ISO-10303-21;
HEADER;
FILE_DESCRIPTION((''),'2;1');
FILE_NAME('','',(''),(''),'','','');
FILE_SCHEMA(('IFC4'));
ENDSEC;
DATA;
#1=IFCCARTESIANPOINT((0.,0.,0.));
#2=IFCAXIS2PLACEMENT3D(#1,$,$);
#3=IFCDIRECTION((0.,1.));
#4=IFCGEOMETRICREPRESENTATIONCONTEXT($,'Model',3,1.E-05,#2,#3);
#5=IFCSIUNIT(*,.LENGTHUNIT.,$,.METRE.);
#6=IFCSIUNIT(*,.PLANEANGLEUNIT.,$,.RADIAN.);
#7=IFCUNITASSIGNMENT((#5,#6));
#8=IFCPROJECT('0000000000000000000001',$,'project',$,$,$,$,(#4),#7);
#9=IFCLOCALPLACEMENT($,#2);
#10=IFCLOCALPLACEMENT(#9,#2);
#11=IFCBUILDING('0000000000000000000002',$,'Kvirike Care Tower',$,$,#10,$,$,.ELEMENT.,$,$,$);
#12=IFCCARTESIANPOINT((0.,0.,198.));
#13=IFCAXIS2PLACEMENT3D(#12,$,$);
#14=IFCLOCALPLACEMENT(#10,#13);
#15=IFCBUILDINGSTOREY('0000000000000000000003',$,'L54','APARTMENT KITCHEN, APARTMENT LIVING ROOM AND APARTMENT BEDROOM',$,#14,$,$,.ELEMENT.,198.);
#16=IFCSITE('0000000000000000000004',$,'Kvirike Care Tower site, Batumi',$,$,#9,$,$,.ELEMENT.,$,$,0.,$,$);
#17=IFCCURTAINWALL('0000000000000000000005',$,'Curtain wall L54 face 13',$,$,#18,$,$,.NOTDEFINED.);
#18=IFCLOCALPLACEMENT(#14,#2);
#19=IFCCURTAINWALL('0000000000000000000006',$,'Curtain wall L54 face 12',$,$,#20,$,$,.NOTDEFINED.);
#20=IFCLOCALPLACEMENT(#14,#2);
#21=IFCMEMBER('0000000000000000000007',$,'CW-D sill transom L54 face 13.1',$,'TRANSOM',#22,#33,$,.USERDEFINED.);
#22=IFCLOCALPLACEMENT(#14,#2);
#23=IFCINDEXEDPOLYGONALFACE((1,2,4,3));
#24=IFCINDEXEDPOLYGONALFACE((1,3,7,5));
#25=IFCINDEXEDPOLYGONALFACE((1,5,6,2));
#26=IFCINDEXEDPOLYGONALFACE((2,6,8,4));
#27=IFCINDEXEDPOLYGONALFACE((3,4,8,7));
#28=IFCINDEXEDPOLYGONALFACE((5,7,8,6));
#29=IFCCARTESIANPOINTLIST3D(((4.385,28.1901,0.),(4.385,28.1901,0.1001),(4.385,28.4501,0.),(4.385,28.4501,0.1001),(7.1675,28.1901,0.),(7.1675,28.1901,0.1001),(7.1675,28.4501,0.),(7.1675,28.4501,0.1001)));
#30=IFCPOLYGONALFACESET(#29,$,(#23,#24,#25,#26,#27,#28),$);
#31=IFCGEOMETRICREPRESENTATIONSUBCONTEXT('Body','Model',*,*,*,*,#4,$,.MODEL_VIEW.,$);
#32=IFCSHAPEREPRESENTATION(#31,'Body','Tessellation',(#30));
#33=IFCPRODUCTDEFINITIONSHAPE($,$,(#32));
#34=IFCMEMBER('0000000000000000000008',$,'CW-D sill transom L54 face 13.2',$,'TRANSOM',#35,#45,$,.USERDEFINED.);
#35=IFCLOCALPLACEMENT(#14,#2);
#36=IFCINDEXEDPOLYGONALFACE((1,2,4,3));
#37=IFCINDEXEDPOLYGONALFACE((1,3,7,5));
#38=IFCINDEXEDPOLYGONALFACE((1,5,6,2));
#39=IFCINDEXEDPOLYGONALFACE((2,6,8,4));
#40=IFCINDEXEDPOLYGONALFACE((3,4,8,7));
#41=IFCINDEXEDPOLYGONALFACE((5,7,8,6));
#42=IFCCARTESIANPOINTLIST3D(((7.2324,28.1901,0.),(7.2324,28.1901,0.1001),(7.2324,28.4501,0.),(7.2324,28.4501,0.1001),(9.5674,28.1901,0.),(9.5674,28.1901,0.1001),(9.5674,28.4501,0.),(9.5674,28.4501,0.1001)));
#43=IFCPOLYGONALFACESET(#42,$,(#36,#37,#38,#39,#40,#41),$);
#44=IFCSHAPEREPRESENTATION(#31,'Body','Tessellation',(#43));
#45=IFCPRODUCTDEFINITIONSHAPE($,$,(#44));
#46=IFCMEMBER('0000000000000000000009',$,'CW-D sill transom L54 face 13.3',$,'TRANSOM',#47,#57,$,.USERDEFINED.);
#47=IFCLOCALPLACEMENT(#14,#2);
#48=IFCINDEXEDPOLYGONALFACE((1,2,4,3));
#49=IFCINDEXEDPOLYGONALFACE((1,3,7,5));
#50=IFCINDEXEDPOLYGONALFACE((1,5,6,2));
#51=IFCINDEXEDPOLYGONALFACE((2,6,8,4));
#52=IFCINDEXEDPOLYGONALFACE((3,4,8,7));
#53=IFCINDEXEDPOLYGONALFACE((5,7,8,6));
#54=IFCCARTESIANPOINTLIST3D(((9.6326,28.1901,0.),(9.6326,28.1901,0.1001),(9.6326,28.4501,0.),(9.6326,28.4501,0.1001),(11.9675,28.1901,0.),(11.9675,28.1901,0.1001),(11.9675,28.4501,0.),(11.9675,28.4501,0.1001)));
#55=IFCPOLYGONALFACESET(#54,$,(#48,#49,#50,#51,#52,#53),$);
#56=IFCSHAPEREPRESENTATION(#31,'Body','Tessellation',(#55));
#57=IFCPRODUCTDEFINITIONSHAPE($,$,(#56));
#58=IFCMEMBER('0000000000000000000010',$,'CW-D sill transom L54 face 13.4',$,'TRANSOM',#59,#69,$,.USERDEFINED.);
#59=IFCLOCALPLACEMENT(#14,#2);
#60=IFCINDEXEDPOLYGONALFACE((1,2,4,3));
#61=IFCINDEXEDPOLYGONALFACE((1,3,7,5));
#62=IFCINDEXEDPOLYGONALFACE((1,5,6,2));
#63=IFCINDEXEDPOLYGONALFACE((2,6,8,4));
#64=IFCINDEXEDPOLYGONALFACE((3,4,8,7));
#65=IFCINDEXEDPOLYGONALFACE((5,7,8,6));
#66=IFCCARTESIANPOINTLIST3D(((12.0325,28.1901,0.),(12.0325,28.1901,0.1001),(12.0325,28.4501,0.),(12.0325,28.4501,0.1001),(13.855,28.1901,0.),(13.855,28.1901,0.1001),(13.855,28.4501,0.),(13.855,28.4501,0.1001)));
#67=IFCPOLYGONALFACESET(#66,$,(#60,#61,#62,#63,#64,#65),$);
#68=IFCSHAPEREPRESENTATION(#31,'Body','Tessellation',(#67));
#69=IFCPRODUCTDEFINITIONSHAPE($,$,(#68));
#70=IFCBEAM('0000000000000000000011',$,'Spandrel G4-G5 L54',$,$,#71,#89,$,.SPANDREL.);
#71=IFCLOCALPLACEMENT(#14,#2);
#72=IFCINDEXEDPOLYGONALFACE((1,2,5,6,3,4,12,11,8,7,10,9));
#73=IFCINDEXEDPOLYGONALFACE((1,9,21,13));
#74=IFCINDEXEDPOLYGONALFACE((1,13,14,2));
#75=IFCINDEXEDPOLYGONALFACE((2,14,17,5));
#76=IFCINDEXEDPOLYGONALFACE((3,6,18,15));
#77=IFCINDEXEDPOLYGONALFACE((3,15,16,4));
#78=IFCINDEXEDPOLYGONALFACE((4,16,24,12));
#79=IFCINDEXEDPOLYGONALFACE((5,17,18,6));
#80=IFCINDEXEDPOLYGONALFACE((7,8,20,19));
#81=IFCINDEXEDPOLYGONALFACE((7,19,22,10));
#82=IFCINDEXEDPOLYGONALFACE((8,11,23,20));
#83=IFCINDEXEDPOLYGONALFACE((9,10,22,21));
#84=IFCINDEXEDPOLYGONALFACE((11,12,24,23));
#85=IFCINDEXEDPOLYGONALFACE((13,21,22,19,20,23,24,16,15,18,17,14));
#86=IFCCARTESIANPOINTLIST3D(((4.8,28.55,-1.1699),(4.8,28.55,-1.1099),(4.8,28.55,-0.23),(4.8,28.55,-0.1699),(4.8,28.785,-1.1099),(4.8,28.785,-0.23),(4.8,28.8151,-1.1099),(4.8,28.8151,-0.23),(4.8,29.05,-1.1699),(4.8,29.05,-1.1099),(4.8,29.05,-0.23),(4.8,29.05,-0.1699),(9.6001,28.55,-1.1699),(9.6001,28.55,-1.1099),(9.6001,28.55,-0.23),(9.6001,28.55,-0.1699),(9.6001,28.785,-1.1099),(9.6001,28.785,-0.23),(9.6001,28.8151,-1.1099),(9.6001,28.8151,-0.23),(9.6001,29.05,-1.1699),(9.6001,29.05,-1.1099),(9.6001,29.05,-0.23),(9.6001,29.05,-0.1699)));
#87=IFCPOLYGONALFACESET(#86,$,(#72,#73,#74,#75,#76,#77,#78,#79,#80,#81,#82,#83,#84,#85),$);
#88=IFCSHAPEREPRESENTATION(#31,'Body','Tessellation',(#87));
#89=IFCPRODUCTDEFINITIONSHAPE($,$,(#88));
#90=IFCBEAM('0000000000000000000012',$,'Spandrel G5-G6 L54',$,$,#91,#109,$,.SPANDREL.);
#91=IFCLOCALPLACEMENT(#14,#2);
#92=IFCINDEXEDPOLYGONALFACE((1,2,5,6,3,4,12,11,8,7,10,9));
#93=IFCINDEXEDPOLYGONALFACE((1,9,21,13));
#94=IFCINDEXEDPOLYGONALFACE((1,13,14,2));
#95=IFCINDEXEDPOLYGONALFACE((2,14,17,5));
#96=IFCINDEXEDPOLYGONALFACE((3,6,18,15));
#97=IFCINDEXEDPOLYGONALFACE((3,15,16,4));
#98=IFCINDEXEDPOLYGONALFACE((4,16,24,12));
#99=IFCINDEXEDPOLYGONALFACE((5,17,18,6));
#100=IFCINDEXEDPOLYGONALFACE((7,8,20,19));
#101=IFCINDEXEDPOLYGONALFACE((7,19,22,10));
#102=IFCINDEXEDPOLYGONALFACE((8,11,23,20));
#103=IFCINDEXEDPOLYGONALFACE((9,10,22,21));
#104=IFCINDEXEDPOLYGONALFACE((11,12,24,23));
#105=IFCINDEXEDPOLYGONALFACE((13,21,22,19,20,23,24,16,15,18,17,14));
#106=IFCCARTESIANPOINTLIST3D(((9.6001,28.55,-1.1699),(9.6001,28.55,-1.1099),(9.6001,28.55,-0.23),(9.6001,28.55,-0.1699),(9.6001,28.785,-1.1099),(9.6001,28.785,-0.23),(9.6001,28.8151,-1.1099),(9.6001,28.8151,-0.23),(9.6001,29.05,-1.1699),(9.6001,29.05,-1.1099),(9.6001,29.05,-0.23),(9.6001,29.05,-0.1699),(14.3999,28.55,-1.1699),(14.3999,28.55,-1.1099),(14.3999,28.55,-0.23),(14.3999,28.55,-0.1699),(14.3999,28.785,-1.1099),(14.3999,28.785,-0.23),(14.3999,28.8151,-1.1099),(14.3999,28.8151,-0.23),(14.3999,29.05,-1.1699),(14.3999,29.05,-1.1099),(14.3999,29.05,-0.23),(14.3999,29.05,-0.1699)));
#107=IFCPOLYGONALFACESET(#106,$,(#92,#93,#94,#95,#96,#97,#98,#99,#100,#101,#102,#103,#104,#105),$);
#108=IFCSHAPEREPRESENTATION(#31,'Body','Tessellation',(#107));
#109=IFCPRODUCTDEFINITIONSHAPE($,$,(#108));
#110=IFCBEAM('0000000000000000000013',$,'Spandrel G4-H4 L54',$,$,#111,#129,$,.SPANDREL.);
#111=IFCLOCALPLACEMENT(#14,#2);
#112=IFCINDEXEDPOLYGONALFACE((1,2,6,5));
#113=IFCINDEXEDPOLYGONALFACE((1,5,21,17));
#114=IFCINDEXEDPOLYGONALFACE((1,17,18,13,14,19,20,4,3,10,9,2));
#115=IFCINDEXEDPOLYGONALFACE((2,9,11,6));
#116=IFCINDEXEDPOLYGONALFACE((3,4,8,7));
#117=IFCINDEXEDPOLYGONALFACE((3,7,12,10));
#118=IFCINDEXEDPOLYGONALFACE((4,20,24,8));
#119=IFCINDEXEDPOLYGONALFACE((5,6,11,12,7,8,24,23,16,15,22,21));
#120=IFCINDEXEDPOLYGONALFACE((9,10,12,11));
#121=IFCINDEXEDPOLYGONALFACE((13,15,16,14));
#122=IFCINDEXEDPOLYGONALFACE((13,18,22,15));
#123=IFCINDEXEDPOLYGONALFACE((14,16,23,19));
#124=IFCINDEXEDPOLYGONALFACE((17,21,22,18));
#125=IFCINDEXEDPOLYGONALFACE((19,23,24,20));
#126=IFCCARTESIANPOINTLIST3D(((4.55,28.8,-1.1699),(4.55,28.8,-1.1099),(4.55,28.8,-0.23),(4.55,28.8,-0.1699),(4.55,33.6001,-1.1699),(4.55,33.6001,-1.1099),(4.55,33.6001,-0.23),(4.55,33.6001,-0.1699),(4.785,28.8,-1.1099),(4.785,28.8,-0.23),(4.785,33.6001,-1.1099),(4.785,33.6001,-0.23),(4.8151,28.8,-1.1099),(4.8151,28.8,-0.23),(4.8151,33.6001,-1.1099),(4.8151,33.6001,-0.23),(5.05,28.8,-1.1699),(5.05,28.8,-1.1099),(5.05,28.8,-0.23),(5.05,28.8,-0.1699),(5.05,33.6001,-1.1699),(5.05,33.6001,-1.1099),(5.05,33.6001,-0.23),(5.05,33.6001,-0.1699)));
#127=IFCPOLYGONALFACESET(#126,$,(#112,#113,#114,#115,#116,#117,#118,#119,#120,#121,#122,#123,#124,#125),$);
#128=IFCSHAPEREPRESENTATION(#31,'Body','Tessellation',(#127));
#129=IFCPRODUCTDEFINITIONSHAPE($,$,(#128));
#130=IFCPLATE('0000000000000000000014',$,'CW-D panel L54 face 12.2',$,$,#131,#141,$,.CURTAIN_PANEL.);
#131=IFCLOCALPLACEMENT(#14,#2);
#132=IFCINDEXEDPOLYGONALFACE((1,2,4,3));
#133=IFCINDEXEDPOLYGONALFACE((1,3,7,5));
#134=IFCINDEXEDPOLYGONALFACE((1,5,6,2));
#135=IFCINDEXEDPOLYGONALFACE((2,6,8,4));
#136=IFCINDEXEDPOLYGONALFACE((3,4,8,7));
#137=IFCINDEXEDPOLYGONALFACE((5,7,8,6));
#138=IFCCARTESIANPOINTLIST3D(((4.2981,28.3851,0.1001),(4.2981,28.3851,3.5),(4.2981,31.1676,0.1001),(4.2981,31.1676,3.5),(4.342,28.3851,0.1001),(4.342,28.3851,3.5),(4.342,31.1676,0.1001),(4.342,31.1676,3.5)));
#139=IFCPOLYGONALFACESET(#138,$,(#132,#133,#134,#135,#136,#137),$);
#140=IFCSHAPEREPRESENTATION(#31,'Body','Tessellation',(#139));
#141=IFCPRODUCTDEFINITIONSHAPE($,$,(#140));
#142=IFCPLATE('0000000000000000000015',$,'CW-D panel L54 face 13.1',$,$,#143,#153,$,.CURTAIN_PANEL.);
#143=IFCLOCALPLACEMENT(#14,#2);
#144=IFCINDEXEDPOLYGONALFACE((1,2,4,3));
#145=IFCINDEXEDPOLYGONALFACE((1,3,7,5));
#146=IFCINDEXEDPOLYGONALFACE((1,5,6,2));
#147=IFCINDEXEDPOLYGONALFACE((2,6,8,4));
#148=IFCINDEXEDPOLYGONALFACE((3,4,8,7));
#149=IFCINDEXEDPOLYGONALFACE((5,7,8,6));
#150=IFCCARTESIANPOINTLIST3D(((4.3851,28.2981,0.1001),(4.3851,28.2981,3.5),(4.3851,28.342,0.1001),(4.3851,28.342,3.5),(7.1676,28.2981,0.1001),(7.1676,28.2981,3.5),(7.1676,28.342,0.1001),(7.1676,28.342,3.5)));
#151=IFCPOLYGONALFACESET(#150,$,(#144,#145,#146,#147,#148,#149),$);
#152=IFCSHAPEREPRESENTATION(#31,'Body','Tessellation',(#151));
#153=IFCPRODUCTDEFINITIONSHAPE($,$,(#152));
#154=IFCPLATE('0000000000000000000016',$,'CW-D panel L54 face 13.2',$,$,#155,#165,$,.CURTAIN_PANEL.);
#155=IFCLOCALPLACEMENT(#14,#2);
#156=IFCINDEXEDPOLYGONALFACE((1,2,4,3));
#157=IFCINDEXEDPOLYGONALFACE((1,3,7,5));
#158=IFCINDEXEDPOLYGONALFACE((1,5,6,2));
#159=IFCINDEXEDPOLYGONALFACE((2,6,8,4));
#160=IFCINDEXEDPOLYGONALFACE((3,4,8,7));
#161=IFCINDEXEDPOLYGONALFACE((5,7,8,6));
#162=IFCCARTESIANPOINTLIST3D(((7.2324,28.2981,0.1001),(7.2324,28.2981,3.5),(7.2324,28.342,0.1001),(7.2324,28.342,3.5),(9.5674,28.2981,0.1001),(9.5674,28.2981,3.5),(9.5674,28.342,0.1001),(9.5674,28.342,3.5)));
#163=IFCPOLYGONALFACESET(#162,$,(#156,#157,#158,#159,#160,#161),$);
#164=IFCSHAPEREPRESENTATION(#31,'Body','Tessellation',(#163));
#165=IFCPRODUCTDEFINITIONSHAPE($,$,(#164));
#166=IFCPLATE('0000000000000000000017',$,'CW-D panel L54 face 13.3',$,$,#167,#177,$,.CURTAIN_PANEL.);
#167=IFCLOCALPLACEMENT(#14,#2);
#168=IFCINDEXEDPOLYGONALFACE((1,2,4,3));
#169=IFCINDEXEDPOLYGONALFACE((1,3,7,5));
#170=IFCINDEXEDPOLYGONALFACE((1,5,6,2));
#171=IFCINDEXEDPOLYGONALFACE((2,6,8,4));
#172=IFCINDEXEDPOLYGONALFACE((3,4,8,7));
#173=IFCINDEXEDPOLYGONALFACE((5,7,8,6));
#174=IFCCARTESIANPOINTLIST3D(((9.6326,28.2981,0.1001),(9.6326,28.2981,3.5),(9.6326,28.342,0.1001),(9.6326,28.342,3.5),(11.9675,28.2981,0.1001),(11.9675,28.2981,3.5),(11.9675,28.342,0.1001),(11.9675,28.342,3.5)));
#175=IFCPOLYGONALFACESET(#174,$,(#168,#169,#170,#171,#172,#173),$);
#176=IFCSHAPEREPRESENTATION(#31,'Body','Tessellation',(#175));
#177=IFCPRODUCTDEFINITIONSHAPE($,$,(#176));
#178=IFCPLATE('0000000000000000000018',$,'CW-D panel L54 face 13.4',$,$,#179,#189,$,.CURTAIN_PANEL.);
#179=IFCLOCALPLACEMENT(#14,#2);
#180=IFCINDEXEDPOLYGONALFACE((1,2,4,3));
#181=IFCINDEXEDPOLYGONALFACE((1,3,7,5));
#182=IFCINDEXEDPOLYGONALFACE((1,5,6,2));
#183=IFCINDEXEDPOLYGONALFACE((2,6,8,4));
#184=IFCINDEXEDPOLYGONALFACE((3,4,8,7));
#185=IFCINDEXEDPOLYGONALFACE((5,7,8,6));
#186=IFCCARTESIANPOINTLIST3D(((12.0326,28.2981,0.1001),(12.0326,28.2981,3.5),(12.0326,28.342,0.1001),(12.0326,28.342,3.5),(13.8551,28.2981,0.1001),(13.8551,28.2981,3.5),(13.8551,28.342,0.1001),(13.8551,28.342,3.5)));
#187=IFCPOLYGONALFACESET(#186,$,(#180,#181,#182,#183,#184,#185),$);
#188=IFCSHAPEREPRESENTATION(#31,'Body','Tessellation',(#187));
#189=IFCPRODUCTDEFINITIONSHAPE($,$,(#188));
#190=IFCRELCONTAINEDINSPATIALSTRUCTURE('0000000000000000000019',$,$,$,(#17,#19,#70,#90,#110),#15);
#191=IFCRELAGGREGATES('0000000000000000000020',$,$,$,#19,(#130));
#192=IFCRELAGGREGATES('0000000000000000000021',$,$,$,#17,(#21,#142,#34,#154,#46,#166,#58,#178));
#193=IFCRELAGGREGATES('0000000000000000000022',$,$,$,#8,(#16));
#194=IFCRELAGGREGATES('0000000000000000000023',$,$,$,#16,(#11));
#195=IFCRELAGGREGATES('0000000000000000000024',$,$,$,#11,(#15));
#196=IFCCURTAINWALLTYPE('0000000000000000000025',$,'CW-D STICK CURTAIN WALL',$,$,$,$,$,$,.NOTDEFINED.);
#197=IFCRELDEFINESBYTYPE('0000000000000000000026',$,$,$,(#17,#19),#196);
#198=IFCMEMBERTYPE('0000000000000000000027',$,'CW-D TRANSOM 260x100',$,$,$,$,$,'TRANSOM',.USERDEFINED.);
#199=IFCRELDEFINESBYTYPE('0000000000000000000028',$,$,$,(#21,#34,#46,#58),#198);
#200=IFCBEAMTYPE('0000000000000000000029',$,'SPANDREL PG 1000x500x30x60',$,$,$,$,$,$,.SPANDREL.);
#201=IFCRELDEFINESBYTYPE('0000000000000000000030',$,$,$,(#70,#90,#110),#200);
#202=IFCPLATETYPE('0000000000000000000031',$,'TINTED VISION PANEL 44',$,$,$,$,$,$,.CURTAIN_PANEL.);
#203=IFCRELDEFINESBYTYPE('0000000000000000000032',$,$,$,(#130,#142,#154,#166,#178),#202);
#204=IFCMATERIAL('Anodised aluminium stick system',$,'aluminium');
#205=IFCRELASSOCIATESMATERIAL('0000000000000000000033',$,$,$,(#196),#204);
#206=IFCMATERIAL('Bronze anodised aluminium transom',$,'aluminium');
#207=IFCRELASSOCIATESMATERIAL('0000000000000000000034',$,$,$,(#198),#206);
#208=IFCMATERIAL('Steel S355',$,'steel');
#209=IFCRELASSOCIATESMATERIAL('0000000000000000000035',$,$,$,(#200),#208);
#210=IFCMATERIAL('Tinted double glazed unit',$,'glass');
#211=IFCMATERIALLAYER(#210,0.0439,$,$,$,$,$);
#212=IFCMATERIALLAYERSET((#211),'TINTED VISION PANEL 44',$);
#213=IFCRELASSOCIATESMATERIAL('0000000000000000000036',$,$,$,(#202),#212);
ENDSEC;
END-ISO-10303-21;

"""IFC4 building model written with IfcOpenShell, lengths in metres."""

from ifc_helpers import new_model, si_unit, direction, frame, origin, origin_2d, place, context, subcontext, project, spatial, rectangle, i_section, extrude, material, layer, layer_set, material_profile, profile_set, type_object, element, aggregate, save


model = new_model("IFC4")

# Units and contexts
model_context = context("Model", 3, precision=1e-05, world=origin(), true_north=direction((0.0, 1.0)))
body_context = subcontext(model_context, "Body", "Model", "MODEL_VIEW")
ifc_project = project(units=[si_unit("LENGTHUNIT", "METRE"), si_unit("PLANEANGLEUNIT", "RADIAN")], contexts=[model_context])

# Site, building, storey
site_placement = place(None, origin())
site = spatial("IfcSite", under=ifc_project, at=site_placement, Name="Kvirike Care Tower site, Batumi", CompositionType="ELEMENT", RefElevation=0.0)
building_placement = place(site_placement, origin())
building = spatial("IfcBuilding", under=site, at=building_placement, Name="Kvirike Care Tower", CompositionType="ELEMENT")
storey_placement = place(building_placement, frame((0.0, 0.0, 198.0)))
storey = spatial("IfcBuildingStorey", under=building, at=storey_placement, Name="L54", Description="APARTMENT KITCHEN, APARTMENT LIVING ROOM AND APARTMENT BEDROOM", CompositionType="ELEMENT", Elevation=198.0)

# Curtain wall
ifc_material_1 = material(Name="Anodised aluminium stick system", Category="aluminium")
curtain_wall_type = type_object("IfcCurtainWallType", Name="CW-D STICK CURTAIN WALL", PredefinedType="NOTDEFINED", material=ifc_material_1)
curtain_wall_1_placement = place(storey_placement, origin())
curtain_wall_1 = element("IfcCurtainWall", 1, at=curtain_wall_1_placement, inside=storey, type_object=curtain_wall_type, Name="Curtain wall L54 face 13", PredefinedType="NOTDEFINED")

# Curtain wall
curtain_wall_2_placement = place(storey_placement, origin())
curtain_wall_2 = element("IfcCurtainWall", 2, at=curtain_wall_2_placement, inside=storey, type_object=curtain_wall_type, Name="Curtain wall L54 face 12", PredefinedType="NOTDEFINED")

# Members
ifc_material_2 = material(Name="Bronze anodised aluminium transom", Category="aluminium")
ifc_material_profile_1 = material_profile(ifc_material_2, rectangle(XDim=0.26, YDim=0.1001, at=origin_2d()), Name="CW-D TRANSOM 260x100")
ifc_profile_set_1 = profile_set([ifc_material_profile_1], Name="Bronze anodised aluminium transom")
member_type_1 = type_object("IfcMemberType", Name="CW-D TRANSOM 260x100", ElementType="TRANSOM", PredefinedType="USERDEFINED", material=ifc_profile_set_1)
member_1_placement = place(storey_placement, frame((4.385, 28.3201, 0.05), z_axis=(1.0, 0.0, 0.0), x_axis=(0.0, 1.0, 0.0)))
member_1 = element("IfcMember", 3, at=member_1_placement, type_object=member_type_1, Name="CW-D sill transom L54 face 13.1", ObjectType="TRANSOM", PredefinedType="USERDEFINED", context=body_context, shape_type="SweptSolid", body=[
    extrude(rectangle(XDim=0.26, YDim=0.1001, at=origin_2d()), origin(), (0.0, 0.0, 1.0), 2.7825),
])
member_2_placement = place(storey_placement, frame((7.2324, 28.3201, 0.05), z_axis=(1.0, 0.0, 0.0), x_axis=(0.0, 1.0, 0.0)))
member_2 = element("IfcMember", 4, at=member_2_placement, type_object=member_type_1, Name="CW-D sill transom L54 face 13.2", ObjectType="TRANSOM", PredefinedType="USERDEFINED", context=body_context, shape_type="SweptSolid", body=[
    extrude(rectangle(XDim=0.26, YDim=0.1001, at=origin_2d()), origin(), (0.0, 0.0, 1.0), 2.335),
])
member_3_placement = place(storey_placement, frame((9.6326, 28.3201, 0.05), z_axis=(1.0, 0.0, 0.0), x_axis=(0.0, 1.0, 0.0)))
member_3 = element("IfcMember", 5, at=member_3_placement, type_object=member_type_1, Name="CW-D sill transom L54 face 13.3", ObjectType="TRANSOM", PredefinedType="USERDEFINED", context=body_context, shape_type="SweptSolid", body=[
    extrude(rectangle(XDim=0.26, YDim=0.1001, at=origin_2d()), origin(), (0.0, 0.0, 1.0), 2.335),
])
member_4_placement = place(storey_placement, frame((12.0325, 28.3201, 0.05), z_axis=(1.0, 0.0, 0.0), x_axis=(0.0, 1.0, 0.0)))
member_4 = element("IfcMember", 6, at=member_4_placement, type_object=member_type_1, Name="CW-D sill transom L54 face 13.4", ObjectType="TRANSOM", PredefinedType="USERDEFINED", context=body_context, shape_type="SweptSolid", body=[
    extrude(rectangle(XDim=0.26, YDim=0.1001, at=origin_2d()), origin(), (0.0, 0.0, 1.0), 1.8225),
])

# Beams
ifc_material_3 = material(Name="Steel S355", Category="steel")
ifc_material_profile_2 = material_profile(ifc_material_3, i_section(OverallWidth=0.5, OverallDepth=1.0, WebThickness=0.03, FlangeThickness=0.0601, at=origin_2d()), Name="PG 1000x500x30x60")
ifc_profile_set_2 = profile_set([ifc_material_profile_2], Name="Steel S355")
beam_type = type_object("IfcBeamType", Name="SPANDREL PG 1000x500x30x60", PredefinedType="SPANDREL", material=ifc_profile_set_2)
beam_1_placement = place(storey_placement, frame((4.8, 28.8, -0.6699), z_axis=(1.0, 0.0, 0.0), x_axis=(0.0, 1.0, 0.0)))
element("IfcBeam", 7, at=beam_1_placement, inside=storey, type_object=beam_type, Name="Spandrel G4-G5 L54", PredefinedType="SPANDREL", context=body_context, shape_type="SweptSolid", body=[
    extrude(i_section(OverallWidth=0.5, OverallDepth=1.0, WebThickness=0.03, FlangeThickness=0.0601, at=origin_2d()), origin(), (0.0, 0.0, 1.0), 4.8),
])
beam_2_placement = place(storey_placement, frame((9.6001, 28.8, -0.6699), z_axis=(1.0, 0.0, 0.0), x_axis=(0.0, 1.0, 0.0)))
element("IfcBeam", 8, at=beam_2_placement, inside=storey, type_object=beam_type, Name="Spandrel G5-G6 L54", PredefinedType="SPANDREL", context=body_context, shape_type="SweptSolid", body=[
    extrude(i_section(OverallWidth=0.5, OverallDepth=1.0, WebThickness=0.03, FlangeThickness=0.0601, at=origin_2d()), origin(), (0.0, 0.0, 1.0), 4.7998),
])
beam_3_placement = place(storey_placement, frame((4.8, 28.8, -0.6699), z_axis=(0.0, 1.0, 0.0), x_axis=(-1.0, 0.0, 0.0)))
element("IfcBeam", 9, at=beam_3_placement, inside=storey, type_object=beam_type, Name="Spandrel G4-H4 L54", PredefinedType="SPANDREL", context=body_context, shape_type="SweptSolid", body=[
    extrude(i_section(OverallWidth=0.5, OverallDepth=1.0, WebThickness=0.03, FlangeThickness=0.0601, at=origin_2d()), origin(), (0.0, 0.0, 1.0), 4.8),
])

# Plates
ifc_material_4 = material(Name="Tinted double glazed unit", Category="glass")
ifc_layer = layer(ifc_material_4, 0.0439)
ifc_layer_set = layer_set([ifc_layer], Name="TINTED VISION PANEL 44")
plate_type = type_object("IfcPlateType", Name="TINTED VISION PANEL 44", PredefinedType="CURTAIN_PANEL", material=ifc_layer_set)
plate_1_placement = place(storey_placement, frame((4.3201, 29.7764, 0.1001), z_axis=(0.0, 0.0, 1.0), x_axis=(0.0, -1.0, 0.0)))
plate_1 = element("IfcPlate", 10, at=plate_1_placement, type_object=plate_type, Name="CW-D panel L54 face 12.2", PredefinedType="CURTAIN_PANEL", context=body_context, shape_type="SweptSolid", body=[
    extrude(rectangle(XDim=2.7825, YDim=0.0439, at=origin_2d()), origin(), (0.0, 0.0, 1.0), 3.3999),
])
aggregate(curtain_wall_2, [plate_1])
plate_2_placement = place(storey_placement, frame((5.7764, 28.3201, 0.1001), z_axis=(0.0, 0.0, 1.0), x_axis=(1.0, 0.0, 0.0)))
plate_2 = element("IfcPlate", 11, at=plate_2_placement, type_object=plate_type, Name="CW-D panel L54 face 13.1", PredefinedType="CURTAIN_PANEL", context=body_context, shape_type="SweptSolid", body=[
    extrude(rectangle(XDim=2.7825, YDim=0.0439, at=origin_2d()), origin(), (0.0, 0.0, 1.0), 3.3999),
])
plate_3_placement = place(storey_placement, frame((8.3999, 28.3201, 0.1001), z_axis=(0.0, 0.0, 1.0), x_axis=(1.0, 0.0, 0.0)))
plate_3 = element("IfcPlate", 12, at=plate_3_placement, type_object=plate_type, Name="CW-D panel L54 face 13.2", PredefinedType="CURTAIN_PANEL", context=body_context, shape_type="SweptSolid", body=[
    extrude(rectangle(XDim=2.335, YDim=0.0439, at=origin_2d()), origin(), (0.0, 0.0, 1.0), 3.3999),
])
plate_4_placement = place(storey_placement, frame((10.8, 28.3201, 0.1001), z_axis=(0.0, 0.0, 1.0), x_axis=(1.0, 0.0, 0.0)))
plate_4 = element("IfcPlate", 13, at=plate_4_placement, type_object=plate_type, Name="CW-D panel L54 face 13.3", PredefinedType="CURTAIN_PANEL", context=body_context, shape_type="SweptSolid", body=[
    extrude(rectangle(XDim=2.335, YDim=0.0439, at=origin_2d()), origin(), (0.0, 0.0, 1.0), 3.3999),
])
plate_5_placement = place(storey_placement, frame((12.9438, 28.3201, 0.1001), z_axis=(0.0, 0.0, 1.0), x_axis=(1.0, 0.0, 0.0)))
plate_5 = element("IfcPlate", 14, at=plate_5_placement, type_object=plate_type, Name="CW-D panel L54 face 13.4", PredefinedType="CURTAIN_PANEL", context=body_context, shape_type="SweptSolid", body=[
    extrude(rectangle(XDim=1.8225, YDim=0.0439, at=origin_2d()), origin(), (0.0, 0.0, 1.0), 3.3999),
])
aggregate(curtain_wall_1, [member_1, plate_2, member_2, plate_3, member_3, plate_4, member_4, plate_5])

save(model, "model.ifc")
